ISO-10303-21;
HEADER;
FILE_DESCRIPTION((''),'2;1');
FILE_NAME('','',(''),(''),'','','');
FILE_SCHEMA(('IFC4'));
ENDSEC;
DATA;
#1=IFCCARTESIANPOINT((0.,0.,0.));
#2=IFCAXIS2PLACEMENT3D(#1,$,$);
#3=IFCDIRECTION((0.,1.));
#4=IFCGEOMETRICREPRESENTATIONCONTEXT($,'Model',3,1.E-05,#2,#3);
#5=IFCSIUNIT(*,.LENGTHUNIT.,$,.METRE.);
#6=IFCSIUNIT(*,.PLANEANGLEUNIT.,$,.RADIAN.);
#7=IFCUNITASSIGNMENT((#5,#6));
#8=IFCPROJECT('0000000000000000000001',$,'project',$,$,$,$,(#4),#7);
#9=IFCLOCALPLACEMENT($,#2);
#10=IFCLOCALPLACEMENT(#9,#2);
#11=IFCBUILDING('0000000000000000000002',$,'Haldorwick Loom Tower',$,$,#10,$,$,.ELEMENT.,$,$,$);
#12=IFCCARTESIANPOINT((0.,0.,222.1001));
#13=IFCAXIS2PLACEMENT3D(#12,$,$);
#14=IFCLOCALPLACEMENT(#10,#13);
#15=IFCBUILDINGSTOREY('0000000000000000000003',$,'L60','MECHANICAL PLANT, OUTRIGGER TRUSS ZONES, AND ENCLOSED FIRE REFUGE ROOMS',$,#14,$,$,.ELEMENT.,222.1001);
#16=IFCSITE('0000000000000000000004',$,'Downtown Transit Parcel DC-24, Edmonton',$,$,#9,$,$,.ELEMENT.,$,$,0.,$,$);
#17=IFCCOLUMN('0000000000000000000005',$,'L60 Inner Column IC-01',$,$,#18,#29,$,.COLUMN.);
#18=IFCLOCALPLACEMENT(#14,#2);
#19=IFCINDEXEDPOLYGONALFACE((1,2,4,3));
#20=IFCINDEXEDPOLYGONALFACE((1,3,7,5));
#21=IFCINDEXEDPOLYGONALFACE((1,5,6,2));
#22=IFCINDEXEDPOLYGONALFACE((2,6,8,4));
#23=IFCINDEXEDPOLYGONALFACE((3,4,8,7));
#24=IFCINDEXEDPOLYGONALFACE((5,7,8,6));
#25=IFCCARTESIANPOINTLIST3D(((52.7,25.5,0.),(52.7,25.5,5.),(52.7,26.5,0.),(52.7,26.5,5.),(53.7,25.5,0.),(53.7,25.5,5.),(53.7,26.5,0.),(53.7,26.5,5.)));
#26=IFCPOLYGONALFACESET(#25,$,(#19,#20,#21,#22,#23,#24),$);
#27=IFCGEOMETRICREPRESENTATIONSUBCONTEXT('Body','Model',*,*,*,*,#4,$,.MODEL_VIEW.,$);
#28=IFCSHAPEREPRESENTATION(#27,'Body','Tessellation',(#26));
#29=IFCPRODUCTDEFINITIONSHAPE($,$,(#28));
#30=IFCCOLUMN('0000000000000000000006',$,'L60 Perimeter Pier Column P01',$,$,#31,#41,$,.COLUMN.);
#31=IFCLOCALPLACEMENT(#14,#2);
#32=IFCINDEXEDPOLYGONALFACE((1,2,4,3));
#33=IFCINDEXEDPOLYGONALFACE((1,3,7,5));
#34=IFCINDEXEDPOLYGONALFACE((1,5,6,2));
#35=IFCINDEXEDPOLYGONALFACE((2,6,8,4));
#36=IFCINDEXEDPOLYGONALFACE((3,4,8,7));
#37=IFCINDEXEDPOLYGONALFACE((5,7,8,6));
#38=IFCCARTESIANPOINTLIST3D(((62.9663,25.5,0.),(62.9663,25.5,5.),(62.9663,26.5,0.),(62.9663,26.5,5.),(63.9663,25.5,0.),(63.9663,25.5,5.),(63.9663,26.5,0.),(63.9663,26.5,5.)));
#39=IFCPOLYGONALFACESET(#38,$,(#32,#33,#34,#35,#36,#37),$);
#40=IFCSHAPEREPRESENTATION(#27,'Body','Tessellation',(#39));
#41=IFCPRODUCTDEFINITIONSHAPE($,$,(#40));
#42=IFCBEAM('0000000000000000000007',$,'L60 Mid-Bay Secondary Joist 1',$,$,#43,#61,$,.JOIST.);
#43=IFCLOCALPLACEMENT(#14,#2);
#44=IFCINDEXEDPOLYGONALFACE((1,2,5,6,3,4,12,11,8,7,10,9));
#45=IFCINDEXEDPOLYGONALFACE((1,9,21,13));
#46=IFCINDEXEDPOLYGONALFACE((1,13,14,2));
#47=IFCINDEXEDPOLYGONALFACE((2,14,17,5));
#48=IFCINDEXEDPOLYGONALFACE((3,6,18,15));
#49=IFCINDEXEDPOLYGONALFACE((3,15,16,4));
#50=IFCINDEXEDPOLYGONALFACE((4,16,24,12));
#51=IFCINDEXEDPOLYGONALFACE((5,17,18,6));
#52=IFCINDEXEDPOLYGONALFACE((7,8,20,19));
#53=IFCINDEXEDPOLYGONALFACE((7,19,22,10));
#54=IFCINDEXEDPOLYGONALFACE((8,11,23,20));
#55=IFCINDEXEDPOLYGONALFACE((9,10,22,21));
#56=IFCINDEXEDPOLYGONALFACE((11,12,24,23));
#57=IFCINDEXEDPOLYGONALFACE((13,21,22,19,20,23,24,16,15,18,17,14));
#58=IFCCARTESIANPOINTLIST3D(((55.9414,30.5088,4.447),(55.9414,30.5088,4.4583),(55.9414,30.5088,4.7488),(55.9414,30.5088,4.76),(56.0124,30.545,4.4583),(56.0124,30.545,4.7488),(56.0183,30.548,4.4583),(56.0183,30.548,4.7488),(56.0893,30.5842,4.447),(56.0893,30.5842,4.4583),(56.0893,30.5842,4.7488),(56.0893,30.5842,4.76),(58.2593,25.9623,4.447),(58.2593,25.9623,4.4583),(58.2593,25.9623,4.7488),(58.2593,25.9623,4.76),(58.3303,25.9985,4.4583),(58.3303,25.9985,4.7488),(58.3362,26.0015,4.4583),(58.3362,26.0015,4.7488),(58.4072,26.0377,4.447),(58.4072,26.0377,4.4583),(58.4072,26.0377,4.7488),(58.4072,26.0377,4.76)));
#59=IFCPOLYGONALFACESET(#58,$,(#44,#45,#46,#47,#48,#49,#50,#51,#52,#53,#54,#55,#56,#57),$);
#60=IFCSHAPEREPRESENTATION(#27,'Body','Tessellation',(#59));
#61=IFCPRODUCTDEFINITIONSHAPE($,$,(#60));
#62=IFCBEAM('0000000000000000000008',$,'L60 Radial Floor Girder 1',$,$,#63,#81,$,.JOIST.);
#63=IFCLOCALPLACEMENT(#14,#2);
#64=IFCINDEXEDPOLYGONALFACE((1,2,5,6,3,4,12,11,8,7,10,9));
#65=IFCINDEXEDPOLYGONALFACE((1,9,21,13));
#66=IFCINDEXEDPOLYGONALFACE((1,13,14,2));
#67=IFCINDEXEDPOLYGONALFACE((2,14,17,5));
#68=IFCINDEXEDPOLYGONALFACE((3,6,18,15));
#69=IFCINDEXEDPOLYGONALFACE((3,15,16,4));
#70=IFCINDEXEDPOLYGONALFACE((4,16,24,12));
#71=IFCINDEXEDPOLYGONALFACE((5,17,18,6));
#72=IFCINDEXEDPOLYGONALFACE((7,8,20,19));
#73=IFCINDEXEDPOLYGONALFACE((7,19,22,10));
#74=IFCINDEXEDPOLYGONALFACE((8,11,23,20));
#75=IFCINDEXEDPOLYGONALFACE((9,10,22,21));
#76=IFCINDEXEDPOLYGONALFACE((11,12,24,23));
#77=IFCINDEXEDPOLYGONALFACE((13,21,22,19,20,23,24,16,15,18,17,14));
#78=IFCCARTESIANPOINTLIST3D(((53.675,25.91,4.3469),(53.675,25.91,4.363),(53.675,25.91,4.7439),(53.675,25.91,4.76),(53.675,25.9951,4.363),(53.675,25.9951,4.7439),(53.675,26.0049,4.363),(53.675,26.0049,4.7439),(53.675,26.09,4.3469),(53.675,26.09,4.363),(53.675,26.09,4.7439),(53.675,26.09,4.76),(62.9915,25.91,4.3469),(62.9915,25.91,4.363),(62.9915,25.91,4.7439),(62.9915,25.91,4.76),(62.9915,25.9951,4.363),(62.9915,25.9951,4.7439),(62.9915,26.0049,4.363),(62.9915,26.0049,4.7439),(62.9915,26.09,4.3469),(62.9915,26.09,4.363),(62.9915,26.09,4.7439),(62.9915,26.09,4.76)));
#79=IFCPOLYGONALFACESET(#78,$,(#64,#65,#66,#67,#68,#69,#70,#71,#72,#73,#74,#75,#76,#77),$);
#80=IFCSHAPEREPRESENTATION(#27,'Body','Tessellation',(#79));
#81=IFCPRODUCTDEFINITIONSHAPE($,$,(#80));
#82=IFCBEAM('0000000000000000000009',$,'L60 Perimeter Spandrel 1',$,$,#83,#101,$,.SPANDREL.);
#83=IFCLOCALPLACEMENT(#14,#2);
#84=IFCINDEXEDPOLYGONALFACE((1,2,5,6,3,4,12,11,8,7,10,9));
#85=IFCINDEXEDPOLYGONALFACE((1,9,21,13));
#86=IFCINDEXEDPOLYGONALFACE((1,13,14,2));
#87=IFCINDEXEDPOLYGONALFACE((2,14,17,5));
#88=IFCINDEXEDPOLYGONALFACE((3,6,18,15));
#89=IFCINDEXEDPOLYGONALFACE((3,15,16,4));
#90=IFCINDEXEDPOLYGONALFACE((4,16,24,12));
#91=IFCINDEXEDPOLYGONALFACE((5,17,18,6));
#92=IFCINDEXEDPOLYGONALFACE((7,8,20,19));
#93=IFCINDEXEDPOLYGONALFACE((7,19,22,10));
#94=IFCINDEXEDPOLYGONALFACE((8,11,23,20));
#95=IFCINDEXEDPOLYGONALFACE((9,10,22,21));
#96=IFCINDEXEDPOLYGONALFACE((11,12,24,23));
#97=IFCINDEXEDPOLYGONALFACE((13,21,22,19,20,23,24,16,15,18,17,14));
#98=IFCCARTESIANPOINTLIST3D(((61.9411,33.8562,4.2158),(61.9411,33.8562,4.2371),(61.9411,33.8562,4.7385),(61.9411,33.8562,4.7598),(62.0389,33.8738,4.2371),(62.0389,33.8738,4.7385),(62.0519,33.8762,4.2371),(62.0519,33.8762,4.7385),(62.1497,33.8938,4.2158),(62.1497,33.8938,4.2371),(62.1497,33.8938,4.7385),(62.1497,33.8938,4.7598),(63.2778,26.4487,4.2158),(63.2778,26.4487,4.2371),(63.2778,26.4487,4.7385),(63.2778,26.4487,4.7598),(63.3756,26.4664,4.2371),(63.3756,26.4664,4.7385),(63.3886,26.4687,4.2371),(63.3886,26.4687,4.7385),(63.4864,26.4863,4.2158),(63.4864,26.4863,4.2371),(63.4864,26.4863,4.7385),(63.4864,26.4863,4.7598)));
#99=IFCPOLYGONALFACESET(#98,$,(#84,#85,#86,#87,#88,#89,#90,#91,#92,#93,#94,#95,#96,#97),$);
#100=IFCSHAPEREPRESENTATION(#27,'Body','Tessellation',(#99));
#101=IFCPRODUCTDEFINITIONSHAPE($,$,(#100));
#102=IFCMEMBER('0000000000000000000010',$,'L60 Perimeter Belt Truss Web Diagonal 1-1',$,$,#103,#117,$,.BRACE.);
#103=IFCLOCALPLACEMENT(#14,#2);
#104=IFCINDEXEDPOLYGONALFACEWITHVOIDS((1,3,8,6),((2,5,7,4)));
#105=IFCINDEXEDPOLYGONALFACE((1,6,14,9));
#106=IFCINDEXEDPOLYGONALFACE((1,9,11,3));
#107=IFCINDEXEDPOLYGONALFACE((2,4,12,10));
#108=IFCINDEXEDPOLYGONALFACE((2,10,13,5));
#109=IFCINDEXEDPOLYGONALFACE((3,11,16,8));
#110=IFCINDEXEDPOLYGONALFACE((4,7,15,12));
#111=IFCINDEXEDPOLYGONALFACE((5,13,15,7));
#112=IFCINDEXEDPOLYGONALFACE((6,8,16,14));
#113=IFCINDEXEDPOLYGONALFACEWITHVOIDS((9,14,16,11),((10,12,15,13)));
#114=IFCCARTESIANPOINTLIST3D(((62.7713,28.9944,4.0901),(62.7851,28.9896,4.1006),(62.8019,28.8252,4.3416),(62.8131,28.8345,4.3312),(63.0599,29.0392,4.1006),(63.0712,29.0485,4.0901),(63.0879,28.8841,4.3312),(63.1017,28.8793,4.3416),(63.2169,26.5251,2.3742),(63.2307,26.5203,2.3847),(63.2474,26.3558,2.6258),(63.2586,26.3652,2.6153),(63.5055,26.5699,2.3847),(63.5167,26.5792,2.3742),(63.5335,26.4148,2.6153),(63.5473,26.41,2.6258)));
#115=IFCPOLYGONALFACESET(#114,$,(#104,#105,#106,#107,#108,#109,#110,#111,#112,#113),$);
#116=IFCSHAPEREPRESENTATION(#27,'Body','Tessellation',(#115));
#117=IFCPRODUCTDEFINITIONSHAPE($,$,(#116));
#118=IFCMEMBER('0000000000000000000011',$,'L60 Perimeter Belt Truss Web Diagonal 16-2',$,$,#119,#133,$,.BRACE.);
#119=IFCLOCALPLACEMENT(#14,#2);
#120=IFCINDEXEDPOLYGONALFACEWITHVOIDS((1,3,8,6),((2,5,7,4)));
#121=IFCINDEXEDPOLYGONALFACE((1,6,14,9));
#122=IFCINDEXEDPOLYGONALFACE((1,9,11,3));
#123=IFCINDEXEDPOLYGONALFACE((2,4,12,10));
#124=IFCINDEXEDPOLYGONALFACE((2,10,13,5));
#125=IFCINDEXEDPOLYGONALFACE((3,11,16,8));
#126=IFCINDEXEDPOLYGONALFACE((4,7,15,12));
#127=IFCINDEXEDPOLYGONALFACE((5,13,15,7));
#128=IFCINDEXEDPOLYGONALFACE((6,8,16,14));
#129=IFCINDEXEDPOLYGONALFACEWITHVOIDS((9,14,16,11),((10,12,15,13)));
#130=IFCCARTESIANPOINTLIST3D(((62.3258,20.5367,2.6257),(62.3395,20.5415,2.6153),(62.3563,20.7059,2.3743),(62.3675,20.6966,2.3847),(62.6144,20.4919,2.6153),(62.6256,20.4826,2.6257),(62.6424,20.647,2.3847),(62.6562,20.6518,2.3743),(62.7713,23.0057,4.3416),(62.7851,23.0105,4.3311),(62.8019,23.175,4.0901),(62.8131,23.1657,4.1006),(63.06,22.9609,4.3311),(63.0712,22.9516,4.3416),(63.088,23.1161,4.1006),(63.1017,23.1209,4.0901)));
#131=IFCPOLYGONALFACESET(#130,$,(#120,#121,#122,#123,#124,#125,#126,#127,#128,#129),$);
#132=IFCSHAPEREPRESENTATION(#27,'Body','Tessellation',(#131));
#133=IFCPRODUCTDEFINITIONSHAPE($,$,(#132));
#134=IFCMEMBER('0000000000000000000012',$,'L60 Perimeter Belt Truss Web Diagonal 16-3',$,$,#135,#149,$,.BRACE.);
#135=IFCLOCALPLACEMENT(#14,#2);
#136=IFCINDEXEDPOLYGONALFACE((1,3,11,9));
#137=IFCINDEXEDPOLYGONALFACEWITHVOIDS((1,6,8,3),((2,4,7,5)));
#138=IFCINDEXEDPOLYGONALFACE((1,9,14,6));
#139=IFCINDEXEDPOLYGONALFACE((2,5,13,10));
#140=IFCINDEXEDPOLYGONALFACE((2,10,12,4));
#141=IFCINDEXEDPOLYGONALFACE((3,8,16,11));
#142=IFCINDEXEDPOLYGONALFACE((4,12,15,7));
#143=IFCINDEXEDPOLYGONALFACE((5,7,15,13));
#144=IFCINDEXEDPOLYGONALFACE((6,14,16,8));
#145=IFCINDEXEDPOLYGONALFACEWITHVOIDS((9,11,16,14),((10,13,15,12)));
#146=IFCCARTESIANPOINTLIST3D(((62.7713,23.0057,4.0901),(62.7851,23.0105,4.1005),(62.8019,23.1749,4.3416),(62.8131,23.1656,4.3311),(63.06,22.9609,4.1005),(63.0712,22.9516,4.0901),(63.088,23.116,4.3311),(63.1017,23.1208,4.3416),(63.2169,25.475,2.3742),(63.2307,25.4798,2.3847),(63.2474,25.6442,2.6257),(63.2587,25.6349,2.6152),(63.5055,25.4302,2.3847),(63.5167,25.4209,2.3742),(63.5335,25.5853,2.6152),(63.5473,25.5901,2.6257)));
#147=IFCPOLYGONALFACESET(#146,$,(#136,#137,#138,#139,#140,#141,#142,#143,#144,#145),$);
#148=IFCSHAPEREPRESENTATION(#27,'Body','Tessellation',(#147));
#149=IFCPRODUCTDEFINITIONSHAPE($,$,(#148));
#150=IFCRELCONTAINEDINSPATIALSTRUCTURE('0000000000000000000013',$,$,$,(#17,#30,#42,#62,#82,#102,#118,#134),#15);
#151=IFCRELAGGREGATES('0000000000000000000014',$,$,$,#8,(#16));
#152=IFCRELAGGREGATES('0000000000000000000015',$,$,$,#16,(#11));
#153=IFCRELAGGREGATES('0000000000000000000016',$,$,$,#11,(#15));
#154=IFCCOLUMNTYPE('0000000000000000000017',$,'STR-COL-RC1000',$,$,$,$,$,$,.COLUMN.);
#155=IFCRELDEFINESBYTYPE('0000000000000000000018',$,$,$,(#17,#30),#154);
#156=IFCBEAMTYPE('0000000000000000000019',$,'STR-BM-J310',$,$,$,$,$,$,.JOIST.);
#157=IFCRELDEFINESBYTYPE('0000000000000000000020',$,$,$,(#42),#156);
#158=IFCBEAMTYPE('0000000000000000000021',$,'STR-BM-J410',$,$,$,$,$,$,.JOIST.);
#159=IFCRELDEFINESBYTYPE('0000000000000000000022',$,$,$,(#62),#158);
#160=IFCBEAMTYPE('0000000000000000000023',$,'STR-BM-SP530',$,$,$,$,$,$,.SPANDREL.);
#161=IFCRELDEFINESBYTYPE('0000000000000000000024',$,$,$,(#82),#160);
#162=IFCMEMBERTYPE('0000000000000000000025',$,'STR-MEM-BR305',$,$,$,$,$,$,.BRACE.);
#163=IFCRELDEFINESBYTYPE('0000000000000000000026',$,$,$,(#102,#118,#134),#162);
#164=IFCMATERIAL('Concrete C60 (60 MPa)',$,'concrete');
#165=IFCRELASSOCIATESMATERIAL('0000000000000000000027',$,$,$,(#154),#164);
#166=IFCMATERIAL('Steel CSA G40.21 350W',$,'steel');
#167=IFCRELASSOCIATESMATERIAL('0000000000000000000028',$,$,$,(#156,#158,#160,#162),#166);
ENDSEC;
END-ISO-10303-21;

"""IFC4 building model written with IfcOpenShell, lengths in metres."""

from ifc_helpers import new_model, si_unit, direction, frame, origin, origin_2d, place, context, subcontext, project, spatial, rectangle, hollow_rectangle, i_section, extrude, material, material_profile, profile_set, type_object, element, save


model = new_model("IFC4")

# Units and contexts
model_context = context("Model", 3, precision=1e-05, world=origin(), true_north=direction((0.0, 1.0)))
body_context = subcontext(model_context, "Body", "Model", "MODEL_VIEW")
ifc_project = project(units=[si_unit("LENGTHUNIT", "METRE"), si_unit("PLANEANGLEUNIT", "RADIAN")], contexts=[model_context])

# Site, building, storey
site_placement = place(None, origin())
site = spatial("IfcSite", under=ifc_project, at=site_placement, Name="Downtown Transit Parcel DC-24, Edmonton", CompositionType="ELEMENT", RefElevation=0.0)
building_placement = place(site_placement, origin())
building = spatial("IfcBuilding", under=site, at=building_placement, Name="Haldorwick Loom Tower", CompositionType="ELEMENT")
storey_placement = place(building_placement, frame((0.0, 0.0, 222.1001)))
storey = spatial("IfcBuildingStorey", under=building, at=storey_placement, Name="L60", Description="MECHANICAL PLANT, OUTRIGGER TRUSS ZONES, AND ENCLOSED FIRE REFUGE ROOMS", CompositionType="ELEMENT", Elevation=222.1001)

# Columns
ifc_material_1 = material(Name="Concrete C60 (60 MPa)", Category="concrete")
ifc_material_profile_1 = material_profile(ifc_material_1, rectangle(XDim=1.0, YDim=1.0, at=origin_2d()), Name="RC1000X1000", Category="concrete")
ifc_profile_set_1 = profile_set([ifc_material_profile_1], Name="Concrete C60 (60 MPa)")
column_type = type_object("IfcColumnType", Name="STR-COL-RC1000", PredefinedType="COLUMN", material=ifc_profile_set_1)
for number, where, z_axis, x_axis, name in (
    (1, (53.2, 26.0, 0.0), (0.0, 0.0, 1.0), (1.0, 0.0, 0.0), "L60 Inner Column IC-01"),
    (2, (63.4663, 26.0, 0.0), (0.0, 0.0, 1.0), (1.0, 0.0, 0.0), "L60 Perimeter Pier Column P01"),
):
    element("IfcColumn", number, at=place(storey_placement, frame(where, z_axis=z_axis, x_axis=x_axis)), inside=storey, type_object=column_type, Name=name, PredefinedType="COLUMN", context=body_context, shape_type="SweptSolid", body=[
        extrude(rectangle(XDim=1.0, YDim=1.0, at=origin_2d()), origin(), (0.0, 0.0, 1.0), 5.0),
    ])

# Beams
ifc_material_2 = material(Name="Steel CSA G40.21 350W", Category="steel")
ifc_material_profile_2 = material_profile(ifc_material_2, i_section(OverallWidth=0.166, OverallDepth=0.313, WebThickness=0.0066, FlangeThickness=0.0112, at=origin_2d()), Name="W310X45", Category="steel")
ifc_profile_set_2 = profile_set([ifc_material_profile_2], Name="Steel CSA G40.21 350W")
beam_type_1 = type_object("IfcBeamType", Name="STR-BM-J310", PredefinedType="JOIST", material=ifc_profile_set_2)
beam_1_placement = place(storey_placement, frame((58.3333, 26.0, 4.6035), z_axis=(-0.454204, 0.890898, 0.0), x_axis=(-0.890898, -0.454204, 0.0)))
element("IfcBeam", 3, at=beam_1_placement, inside=storey, type_object=beam_type_1, Name="L60 Mid-Bay Secondary Joist 1", PredefinedType="JOIST", context=body_context, shape_type="SweptSolid", body=[
    extrude(i_section(OverallWidth=0.166, OverallDepth=0.313, WebThickness=0.0066, FlangeThickness=0.0112, at=origin_2d()), origin(), (0.0, 0.0, 1.0), 5.1033),
])
ifc_material_profile_3 = material_profile(ifc_material_2, i_section(OverallWidth=0.1799, OverallDepth=0.4131, WebThickness=0.0098, FlangeThickness=0.0161, at=origin_2d()), Name="W410X74", Category="steel")
ifc_profile_set_3 = profile_set([ifc_material_profile_3], Name="Steel CSA G40.21 350W")
beam_type_2 = type_object("IfcBeamType", Name="STR-BM-J410", PredefinedType="JOIST", material=ifc_profile_set_3)
beam_2_placement = place(storey_placement, frame((53.675, 26.0, 4.5535), z_axis=(1.0, 0.0, 0.0), x_axis=(0.0, 1.0, 0.0)))
element("IfcBeam", 4, at=beam_2_placement, inside=storey, type_object=beam_type_2, Name="L60 Radial Floor Girder 1", PredefinedType="JOIST", context=body_context, shape_type="SweptSolid", body=[
    extrude(i_section(OverallWidth=0.1799, OverallDepth=0.4131, WebThickness=0.0098, FlangeThickness=0.0161, at=origin_2d()), origin(), (0.0, 0.0, 1.0), 9.3164),
])
ifc_material_profile_4 = material_profile(ifc_material_2, i_section(OverallWidth=0.2119, OverallDepth=0.5439, WebThickness=0.0132, FlangeThickness=0.0212, at=origin_2d()), Name="W530X123", Category="steel")
ifc_profile_set_4 = profile_set([ifc_material_profile_4], Name="Steel CSA G40.21 350W")
beam_type_3 = type_object("IfcBeamType", Name="STR-BM-SP530", PredefinedType="SPANDREL", material=ifc_profile_set_4)
beam_3_placement = place(storey_placement, frame((63.3821, 26.4675, 4.4878), z_axis=(-0.177581, 0.984106, 0.0), x_axis=(-0.984106, -0.177581, 0.0)))
element("IfcBeam", 5, at=beam_3_placement, inside=storey, type_object=beam_type_3, Name="L60 Perimeter Spandrel 1", PredefinedType="SPANDREL", context=body_context, shape_type="SweptSolid", body=[
    extrude(i_section(OverallWidth=0.2119, OverallDepth=0.5439, WebThickness=0.0132, FlangeThickness=0.0212, at=origin_2d()), origin(), (0.0, 0.0, 1.0), 7.5271),
])

# Members
ifc_material_profile_5 = material_profile(ifc_material_2, hollow_rectangle(XDim=0.3047, YDim=0.3047, WallThickness=0.0127, at=origin_2d()), Name="HSS305X305X13", Category="steel")
ifc_profile_set_5 = profile_set([ifc_material_profile_5], Name="Steel CSA G40.21 350W")
member_type_1 = type_object("IfcMemberType", Name="STR-MEM-BR305", PredefinedType="BRACE", material=ifc_profile_set_5)
member_1_placement = place(storey_placement, frame((63.3821, 26.4675, 2.5), z_axis=(-0.14658, 0.812333, 0.564473), x_axis=(-0.984107, -0.177575, 0.0)))
element("IfcMember", 6, at=member_1_placement, inside=storey, type_object=member_type_1, Name="L60 Perimeter Belt Truss Web Diagonal 1-1", PredefinedType="BRACE", context=body_context, shape_type="SweptSolid", body=[
    extrude(hollow_rectangle(XDim=0.3047, YDim=0.3047, WallThickness=0.0127, at=origin_2d()), origin(), (0.0, 0.0, 1.0), 3.0398),
])
member_2_placement = place(storey_placement, frame((62.491, 20.5942, 2.5), z_axis=(0.146589, 0.812306, 0.56451), x_axis=(-0.984104, 0.177592, 0.0)))
element("IfcMember", 7, at=member_2_placement, inside=storey, type_object=member_type_1, Name="L60 Perimeter Belt Truss Web Diagonal 16-2", PredefinedType="BRACE", context=body_context, shape_type="SweptSolid", body=[
    extrude(hollow_rectangle(XDim=0.3047, YDim=0.3047, WallThickness=0.0127, at=origin_2d()), origin(), (0.0, 0.0, 1.0), 3.0396),
])
member_3_placement = place(storey_placement, frame((62.9365, 23.0632, 4.2158), z_axis=(0.14658, 0.812333, -0.564473), x_axis=(-0.984107, 0.177575, 0.0)))
element("IfcMember", 8, at=member_3_placement, inside=storey, type_object=member_type_1, Name="L60 Perimeter Belt Truss Web Diagonal 16-3", PredefinedType="BRACE", context=body_context, shape_type="SweptSolid", body=[
    extrude(hollow_rectangle(XDim=0.3047, YDim=0.3047, WallThickness=0.0127, at=origin_2d()), origin(), (0.0, 0.0, 1.0), 3.0398),
])

save(model, "model.ifc")
